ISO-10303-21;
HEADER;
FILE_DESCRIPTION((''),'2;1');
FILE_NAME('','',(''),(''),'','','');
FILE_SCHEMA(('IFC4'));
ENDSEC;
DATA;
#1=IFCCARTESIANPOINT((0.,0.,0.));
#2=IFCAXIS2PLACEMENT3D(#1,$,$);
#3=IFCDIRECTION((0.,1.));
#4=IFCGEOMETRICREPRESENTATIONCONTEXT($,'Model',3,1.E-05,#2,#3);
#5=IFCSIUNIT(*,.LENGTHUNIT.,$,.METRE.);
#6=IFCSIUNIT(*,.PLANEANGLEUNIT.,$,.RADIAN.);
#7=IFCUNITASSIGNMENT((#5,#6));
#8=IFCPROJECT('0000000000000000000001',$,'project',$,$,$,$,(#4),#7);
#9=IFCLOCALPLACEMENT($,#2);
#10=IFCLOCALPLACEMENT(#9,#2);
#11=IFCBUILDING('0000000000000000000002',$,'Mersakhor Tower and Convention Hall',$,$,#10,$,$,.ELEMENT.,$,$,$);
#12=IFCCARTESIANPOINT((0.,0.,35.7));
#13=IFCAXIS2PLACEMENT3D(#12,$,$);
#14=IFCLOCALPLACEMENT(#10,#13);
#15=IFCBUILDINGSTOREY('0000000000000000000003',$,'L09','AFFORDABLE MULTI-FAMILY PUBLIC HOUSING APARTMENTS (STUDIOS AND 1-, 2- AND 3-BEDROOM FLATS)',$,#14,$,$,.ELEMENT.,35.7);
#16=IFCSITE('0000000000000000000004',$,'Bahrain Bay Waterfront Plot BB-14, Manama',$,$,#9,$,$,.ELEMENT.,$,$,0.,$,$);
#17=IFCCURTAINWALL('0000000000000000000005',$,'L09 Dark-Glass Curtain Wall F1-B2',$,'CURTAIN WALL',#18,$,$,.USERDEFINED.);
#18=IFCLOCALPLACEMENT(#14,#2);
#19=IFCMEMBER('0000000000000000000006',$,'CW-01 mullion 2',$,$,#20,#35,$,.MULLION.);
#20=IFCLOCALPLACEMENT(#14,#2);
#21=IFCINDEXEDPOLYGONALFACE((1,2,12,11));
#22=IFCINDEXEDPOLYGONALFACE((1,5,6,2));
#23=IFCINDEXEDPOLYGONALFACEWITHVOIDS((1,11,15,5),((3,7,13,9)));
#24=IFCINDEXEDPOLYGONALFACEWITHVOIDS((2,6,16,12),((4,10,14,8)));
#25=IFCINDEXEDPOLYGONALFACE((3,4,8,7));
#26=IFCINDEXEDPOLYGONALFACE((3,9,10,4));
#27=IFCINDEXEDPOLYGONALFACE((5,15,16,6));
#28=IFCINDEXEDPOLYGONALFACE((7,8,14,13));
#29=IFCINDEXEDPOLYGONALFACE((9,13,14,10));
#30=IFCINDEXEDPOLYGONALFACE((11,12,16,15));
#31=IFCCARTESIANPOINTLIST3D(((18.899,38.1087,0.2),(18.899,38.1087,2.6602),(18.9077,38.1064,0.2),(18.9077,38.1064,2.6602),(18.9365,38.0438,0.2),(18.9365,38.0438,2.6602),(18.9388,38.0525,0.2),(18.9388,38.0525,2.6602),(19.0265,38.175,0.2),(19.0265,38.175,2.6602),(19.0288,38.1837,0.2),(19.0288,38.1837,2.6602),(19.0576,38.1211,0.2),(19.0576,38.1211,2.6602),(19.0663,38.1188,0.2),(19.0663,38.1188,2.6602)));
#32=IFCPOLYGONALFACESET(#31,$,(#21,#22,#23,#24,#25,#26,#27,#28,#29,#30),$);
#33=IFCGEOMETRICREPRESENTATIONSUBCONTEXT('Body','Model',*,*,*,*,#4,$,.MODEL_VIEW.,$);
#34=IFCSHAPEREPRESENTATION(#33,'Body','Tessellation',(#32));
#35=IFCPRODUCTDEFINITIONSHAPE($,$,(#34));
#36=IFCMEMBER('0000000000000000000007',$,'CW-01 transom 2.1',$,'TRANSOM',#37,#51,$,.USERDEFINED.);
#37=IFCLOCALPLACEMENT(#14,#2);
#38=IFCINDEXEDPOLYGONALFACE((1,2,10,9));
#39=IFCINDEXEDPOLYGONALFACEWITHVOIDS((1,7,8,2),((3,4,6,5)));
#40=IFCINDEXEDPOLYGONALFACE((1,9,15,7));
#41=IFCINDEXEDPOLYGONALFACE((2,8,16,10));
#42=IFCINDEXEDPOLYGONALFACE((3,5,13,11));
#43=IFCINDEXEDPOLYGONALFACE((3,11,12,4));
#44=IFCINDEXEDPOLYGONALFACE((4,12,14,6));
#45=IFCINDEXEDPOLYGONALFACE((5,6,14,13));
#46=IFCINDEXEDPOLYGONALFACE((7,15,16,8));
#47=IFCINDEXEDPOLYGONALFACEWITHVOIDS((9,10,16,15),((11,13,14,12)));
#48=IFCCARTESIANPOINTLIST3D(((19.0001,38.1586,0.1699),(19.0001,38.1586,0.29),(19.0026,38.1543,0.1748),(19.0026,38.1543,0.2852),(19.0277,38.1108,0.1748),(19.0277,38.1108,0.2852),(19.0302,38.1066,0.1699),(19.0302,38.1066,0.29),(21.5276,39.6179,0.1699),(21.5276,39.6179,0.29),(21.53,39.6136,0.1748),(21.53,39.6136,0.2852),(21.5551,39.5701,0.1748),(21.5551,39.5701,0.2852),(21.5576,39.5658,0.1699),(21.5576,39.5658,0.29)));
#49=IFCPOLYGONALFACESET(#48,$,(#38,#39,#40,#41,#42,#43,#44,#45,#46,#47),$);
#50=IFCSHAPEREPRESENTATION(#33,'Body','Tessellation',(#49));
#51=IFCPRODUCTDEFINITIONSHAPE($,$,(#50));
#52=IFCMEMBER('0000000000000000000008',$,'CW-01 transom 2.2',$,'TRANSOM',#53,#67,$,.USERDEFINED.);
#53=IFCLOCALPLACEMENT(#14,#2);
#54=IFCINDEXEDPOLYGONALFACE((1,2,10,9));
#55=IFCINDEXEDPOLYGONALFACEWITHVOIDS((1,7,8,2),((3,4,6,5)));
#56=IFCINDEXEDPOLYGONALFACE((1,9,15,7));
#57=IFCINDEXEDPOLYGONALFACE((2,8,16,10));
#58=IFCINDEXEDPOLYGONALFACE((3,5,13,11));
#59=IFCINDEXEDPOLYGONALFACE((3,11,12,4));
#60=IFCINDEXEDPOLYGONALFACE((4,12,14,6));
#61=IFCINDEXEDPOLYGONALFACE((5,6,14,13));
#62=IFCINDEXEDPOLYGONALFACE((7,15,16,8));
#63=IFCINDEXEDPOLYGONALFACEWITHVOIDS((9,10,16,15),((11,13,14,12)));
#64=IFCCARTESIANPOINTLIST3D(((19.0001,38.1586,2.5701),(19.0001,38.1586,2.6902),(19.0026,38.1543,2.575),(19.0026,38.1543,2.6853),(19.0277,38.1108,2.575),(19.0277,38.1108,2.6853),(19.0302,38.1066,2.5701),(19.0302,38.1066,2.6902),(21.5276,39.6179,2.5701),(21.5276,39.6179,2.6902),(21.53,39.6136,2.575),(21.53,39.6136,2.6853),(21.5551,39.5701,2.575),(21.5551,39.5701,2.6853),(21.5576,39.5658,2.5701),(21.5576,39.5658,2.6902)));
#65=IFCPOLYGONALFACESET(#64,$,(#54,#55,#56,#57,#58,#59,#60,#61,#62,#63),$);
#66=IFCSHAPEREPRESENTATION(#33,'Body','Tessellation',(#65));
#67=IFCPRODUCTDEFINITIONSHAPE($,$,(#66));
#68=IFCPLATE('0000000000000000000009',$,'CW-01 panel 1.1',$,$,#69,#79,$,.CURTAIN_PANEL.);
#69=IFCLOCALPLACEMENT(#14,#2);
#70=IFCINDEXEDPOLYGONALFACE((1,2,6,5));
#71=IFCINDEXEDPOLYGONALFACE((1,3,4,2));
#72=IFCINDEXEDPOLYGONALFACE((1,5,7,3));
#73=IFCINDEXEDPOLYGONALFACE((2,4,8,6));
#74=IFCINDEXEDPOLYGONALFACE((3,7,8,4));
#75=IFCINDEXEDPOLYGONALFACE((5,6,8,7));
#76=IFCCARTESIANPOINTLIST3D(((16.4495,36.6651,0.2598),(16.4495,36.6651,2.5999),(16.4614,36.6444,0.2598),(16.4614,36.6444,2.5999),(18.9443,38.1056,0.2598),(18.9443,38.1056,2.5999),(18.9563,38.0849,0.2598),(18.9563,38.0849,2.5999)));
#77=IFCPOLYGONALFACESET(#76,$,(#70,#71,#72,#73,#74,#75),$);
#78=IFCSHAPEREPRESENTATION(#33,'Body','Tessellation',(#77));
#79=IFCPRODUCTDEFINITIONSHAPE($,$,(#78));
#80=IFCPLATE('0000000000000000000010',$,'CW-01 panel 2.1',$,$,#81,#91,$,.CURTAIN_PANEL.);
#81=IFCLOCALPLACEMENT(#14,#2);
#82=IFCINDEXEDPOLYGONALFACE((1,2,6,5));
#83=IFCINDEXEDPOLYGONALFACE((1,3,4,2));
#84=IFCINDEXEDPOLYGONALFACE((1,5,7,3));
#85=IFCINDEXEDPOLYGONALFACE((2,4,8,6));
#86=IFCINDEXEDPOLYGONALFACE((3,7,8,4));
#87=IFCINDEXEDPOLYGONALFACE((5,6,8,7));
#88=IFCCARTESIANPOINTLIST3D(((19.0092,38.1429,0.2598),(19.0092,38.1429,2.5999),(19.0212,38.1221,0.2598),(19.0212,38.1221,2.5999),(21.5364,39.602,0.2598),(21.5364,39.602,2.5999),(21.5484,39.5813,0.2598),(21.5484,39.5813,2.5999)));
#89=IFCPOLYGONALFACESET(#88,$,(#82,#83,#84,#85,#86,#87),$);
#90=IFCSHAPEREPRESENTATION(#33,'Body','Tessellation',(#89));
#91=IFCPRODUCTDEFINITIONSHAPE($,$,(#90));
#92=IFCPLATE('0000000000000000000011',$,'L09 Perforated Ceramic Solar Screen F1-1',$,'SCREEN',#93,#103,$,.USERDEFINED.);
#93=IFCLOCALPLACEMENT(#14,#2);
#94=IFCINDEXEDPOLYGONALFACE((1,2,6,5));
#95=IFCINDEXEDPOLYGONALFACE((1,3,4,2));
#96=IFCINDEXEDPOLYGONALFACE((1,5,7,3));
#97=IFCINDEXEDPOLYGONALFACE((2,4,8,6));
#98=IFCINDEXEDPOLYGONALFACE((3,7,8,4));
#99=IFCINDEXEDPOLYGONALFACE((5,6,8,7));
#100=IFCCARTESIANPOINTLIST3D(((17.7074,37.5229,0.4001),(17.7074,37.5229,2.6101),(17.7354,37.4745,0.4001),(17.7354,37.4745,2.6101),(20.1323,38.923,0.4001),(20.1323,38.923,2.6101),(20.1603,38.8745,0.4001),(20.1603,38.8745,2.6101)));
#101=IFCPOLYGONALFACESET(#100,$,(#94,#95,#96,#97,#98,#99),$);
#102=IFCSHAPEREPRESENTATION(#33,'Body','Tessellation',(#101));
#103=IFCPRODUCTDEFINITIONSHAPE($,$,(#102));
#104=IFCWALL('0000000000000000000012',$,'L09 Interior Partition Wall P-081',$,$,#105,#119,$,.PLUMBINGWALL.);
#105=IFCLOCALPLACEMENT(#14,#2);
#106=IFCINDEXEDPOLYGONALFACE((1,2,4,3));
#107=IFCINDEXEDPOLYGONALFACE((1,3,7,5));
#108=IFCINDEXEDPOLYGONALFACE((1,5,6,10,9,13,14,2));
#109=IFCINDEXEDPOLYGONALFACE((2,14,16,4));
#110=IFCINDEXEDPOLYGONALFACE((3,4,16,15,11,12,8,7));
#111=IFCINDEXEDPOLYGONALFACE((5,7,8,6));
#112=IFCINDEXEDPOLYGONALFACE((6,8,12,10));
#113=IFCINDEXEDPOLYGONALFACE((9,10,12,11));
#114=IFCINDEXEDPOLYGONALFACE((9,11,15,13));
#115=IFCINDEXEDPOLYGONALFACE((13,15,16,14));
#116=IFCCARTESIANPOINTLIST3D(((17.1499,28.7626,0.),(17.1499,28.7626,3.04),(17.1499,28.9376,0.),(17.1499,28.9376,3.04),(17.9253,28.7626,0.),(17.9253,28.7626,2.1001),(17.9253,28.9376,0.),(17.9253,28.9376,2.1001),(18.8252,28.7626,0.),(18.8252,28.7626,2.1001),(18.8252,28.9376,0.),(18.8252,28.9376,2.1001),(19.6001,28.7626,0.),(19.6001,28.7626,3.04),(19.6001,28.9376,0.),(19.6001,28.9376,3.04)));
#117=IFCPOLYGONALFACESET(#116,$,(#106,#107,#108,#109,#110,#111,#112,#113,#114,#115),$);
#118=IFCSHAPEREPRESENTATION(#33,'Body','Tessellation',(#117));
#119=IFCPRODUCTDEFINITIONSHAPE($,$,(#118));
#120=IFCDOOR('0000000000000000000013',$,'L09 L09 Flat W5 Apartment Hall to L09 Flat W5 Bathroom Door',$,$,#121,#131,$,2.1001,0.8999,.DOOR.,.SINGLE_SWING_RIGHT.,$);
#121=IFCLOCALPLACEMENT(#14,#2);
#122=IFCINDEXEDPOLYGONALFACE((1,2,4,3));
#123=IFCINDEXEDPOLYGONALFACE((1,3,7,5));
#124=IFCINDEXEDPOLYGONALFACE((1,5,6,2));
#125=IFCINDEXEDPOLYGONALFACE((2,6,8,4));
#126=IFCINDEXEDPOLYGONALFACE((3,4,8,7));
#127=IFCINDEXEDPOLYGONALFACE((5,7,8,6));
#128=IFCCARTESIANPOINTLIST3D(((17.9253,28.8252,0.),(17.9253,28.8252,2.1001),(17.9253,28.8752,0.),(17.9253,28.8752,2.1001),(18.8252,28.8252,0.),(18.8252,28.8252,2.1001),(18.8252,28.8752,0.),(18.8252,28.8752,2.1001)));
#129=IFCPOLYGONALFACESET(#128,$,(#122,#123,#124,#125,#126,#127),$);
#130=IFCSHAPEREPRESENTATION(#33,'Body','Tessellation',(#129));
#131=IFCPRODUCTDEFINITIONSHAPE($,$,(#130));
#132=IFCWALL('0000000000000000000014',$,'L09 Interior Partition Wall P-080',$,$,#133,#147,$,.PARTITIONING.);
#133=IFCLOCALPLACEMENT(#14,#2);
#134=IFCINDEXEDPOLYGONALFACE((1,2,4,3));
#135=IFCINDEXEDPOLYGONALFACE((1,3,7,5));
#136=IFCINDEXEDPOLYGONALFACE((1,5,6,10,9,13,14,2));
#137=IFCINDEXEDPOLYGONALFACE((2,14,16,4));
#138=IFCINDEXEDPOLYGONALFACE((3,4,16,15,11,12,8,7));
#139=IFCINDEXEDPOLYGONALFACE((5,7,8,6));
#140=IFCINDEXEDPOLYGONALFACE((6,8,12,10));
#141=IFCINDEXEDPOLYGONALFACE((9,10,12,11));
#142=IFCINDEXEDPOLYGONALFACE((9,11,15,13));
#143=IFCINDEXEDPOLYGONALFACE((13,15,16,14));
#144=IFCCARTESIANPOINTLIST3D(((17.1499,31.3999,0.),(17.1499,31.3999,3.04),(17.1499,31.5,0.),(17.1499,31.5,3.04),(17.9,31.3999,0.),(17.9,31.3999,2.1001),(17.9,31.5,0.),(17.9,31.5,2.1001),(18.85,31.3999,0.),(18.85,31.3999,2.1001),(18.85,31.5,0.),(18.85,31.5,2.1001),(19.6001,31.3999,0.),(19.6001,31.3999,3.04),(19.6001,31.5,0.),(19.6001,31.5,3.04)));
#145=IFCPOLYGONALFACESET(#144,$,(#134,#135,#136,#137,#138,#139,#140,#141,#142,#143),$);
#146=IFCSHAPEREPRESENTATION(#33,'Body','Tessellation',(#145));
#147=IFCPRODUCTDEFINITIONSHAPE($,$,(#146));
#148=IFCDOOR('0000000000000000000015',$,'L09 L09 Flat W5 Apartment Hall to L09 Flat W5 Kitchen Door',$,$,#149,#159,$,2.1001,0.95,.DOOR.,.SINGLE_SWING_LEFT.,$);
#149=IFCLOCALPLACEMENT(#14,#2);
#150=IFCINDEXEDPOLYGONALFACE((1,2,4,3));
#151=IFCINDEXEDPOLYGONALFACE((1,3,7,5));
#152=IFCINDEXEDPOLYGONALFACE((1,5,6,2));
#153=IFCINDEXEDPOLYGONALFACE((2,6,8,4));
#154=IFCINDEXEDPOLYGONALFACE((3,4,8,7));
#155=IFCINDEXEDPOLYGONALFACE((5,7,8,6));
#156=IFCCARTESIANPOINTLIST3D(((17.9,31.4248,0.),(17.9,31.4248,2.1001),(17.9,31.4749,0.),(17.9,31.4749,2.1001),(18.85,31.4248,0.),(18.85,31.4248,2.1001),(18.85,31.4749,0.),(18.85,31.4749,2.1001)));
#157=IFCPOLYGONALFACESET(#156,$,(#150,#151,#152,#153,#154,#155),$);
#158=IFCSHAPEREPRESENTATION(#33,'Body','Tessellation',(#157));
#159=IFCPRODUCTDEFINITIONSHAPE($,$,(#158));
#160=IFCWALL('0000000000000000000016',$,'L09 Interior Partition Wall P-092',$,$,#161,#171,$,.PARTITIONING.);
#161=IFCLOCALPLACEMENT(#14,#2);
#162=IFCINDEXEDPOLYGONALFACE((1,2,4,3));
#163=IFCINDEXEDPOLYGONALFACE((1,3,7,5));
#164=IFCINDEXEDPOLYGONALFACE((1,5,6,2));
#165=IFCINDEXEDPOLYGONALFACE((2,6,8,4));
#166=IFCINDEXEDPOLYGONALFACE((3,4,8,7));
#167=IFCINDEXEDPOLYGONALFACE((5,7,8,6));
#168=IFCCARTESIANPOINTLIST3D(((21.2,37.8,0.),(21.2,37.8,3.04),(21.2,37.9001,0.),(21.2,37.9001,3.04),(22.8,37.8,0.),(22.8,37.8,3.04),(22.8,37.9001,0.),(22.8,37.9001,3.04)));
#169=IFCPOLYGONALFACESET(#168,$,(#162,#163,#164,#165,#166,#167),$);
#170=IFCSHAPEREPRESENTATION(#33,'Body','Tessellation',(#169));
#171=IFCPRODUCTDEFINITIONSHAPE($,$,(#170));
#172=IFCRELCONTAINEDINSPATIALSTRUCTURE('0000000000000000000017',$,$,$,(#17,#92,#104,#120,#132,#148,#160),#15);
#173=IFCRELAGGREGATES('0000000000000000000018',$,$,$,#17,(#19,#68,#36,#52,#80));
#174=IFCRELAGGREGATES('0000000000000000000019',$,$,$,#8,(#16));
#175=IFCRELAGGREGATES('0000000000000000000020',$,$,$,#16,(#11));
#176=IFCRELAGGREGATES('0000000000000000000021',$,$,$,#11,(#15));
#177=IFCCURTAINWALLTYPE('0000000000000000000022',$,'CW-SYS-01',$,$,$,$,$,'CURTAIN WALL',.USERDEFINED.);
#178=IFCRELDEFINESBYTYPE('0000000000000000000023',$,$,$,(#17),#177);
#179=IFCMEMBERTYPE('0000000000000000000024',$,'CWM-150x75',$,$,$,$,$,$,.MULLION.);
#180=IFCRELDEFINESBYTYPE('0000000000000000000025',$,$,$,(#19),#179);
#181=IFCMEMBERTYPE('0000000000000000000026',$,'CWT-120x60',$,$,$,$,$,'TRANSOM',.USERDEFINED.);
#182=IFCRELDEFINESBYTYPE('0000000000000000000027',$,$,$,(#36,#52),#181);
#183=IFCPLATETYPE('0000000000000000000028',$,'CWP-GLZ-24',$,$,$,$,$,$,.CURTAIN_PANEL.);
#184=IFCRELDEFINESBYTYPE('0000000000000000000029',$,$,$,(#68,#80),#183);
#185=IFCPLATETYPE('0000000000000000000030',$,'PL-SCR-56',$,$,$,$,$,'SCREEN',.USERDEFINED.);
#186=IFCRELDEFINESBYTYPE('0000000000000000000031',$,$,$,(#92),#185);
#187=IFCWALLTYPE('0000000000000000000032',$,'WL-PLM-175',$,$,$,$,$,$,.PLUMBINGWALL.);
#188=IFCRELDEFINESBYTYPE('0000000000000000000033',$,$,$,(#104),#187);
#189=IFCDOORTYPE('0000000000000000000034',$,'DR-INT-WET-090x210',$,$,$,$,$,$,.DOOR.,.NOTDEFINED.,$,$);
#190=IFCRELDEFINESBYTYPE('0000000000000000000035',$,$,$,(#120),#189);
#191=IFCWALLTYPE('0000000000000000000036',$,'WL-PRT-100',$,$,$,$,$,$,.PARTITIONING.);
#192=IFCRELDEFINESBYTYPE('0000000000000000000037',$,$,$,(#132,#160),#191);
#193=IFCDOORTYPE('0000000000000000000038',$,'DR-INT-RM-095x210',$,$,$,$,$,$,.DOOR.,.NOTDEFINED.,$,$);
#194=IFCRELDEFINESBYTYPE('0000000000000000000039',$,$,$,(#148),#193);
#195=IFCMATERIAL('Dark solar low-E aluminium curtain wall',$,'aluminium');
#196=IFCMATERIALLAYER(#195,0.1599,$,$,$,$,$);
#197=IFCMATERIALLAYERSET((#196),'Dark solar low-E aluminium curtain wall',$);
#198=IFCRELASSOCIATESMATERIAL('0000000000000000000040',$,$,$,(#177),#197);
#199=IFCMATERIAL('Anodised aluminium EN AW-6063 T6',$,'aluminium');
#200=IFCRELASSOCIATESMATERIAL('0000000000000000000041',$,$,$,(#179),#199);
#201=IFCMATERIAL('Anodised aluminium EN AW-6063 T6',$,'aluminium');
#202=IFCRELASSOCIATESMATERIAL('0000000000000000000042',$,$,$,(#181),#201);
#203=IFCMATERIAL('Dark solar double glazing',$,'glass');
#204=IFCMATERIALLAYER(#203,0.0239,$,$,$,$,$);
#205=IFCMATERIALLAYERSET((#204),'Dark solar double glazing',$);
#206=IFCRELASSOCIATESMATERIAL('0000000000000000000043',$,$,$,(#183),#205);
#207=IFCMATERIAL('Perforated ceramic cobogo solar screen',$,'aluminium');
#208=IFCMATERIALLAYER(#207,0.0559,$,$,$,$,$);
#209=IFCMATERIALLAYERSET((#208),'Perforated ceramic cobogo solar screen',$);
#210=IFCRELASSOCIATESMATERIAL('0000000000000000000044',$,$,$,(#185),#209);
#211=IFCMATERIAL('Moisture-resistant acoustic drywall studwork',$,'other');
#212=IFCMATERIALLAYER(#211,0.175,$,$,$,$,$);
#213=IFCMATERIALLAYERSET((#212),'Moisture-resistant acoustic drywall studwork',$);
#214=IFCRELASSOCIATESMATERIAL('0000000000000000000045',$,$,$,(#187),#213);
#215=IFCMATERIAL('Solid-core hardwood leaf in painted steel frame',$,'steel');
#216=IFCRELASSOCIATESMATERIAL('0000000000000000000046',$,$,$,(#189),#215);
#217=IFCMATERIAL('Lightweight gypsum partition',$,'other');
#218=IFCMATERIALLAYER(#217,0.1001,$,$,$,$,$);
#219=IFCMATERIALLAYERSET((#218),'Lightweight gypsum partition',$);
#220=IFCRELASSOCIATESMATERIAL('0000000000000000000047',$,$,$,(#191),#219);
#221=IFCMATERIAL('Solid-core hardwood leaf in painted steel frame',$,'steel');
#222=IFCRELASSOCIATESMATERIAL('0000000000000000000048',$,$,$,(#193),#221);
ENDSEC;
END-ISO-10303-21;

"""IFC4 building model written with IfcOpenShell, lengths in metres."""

from ifc_helpers import new_model, si_unit, direction, frame, frame_2d, origin, origin_2d, place, context, subcontext, project, spatial, rectangle, hollow_rectangle, extrude, material, layer, layer_set, material_profile, profile_set, type_object, element, fill, aggregate, save


model = new_model("IFC4")

# Units and contexts
model_context = context("Model", 3, precision=1e-05, world=origin(), true_north=direction((0.0, 1.0)))
body_context = subcontext(model_context, "Body", "Model", "MODEL_VIEW")
ifc_project = project(units=[si_unit("LENGTHUNIT", "METRE"), si_unit("PLANEANGLEUNIT", "RADIAN")], contexts=[model_context])

# Site, building, storey
site_placement = place(None, origin())
site = spatial("IfcSite", under=ifc_project, at=site_placement, Name="Bahrain Bay Waterfront Plot BB-14, Manama", CompositionType="ELEMENT", RefElevation=0.0)
building_placement = place(site_placement, origin())
building = spatial("IfcBuilding", under=site, at=building_placement, Name="Mersakhor Tower and Convention Hall", CompositionType="ELEMENT")
storey_placement = place(building_placement, frame((0.0, 0.0, 35.7)))
storey = spatial("IfcBuildingStorey", under=building, at=storey_placement, Name="L09", Description="AFFORDABLE MULTI-FAMILY PUBLIC HOUSING APARTMENTS (STUDIOS AND 1-, 2- AND 3-BEDROOM FLATS)", CompositionType="ELEMENT", Elevation=35.7)

# Curtain wall, members, plates
ifc_material_1 = material(Name="Dark solar low-E aluminium curtain wall", Category="aluminium")
ifc_layer_1 = layer(ifc_material_1, 0.1599)
ifc_layer_set_1 = layer_set([ifc_layer_1], Name="Dark solar low-E aluminium curtain wall")
curtain_wall_type = type_object("IfcCurtainWallType", Name="CW-SYS-01", ElementType="CURTAIN WALL", PredefinedType="USERDEFINED", material=ifc_layer_set_1)
curtain_wall_placement = place(storey_placement, origin())
curtain_wall = element("IfcCurtainWall", 1, at=curtain_wall_placement, inside=storey, type_object=curtain_wall_type, Name="L09 Dark-Glass Curtain Wall F1-B2", ObjectType="CURTAIN WALL", PredefinedType="USERDEFINED")
ifc_material_2 = material(Name="Anodised aluminium EN AW-6063 T6", Category="aluminium")
ifc_material_profile_1 = material_profile(ifc_material_2, hollow_rectangle(XDim=0.075, YDim=0.1499, WallThickness=0.0063, at=origin_2d()), Name="RHS 150x75x6.3")
ifc_profile_set_1 = profile_set([ifc_material_profile_1], Name="Anodised aluminium EN AW-6063 T6")
member_type_1 = type_object("IfcMemberType", Name="CWM-150x75", PredefinedType="MULLION", material=ifc_profile_set_1)
member_1_placement = place(storey_placement, frame((18.9827, 38.1138, 0.2), z_axis=(0.0, 0.0, 1.0), x_axis=(-0.500003, 0.866023, 0.0)))
member_1 = element("IfcMember", 2, at=member_1_placement, type_object=member_type_1, Name="CW-01 mullion 2", PredefinedType="MULLION", context=body_context, shape_type="SweptSolid", body=[
    extrude(hollow_rectangle(XDim=0.075, YDim=0.1499, WallThickness=0.0063, at=origin_2d()), origin(), (0.0, 0.0, 1.0), 2.4602),
])
ifc_material_3 = material(Name="Anodised aluminium EN AW-6063 T6", Category="aluminium")
ifc_material_profile_2 = material_profile(ifc_material_3, hollow_rectangle(XDim=0.0601, YDim=0.1201, WallThickness=0.0049, at=origin_2d()), Name="RHS 120x60x5")
ifc_profile_set_2 = profile_set([ifc_material_profile_2], Name="Anodised aluminium EN AW-6063 T6")
member_type_2 = type_object("IfcMemberType", Name="CWT-120x60", ElementType="TRANSOM", PredefinedType="USERDEFINED", material=ifc_profile_set_2)
member_2_placement = place(storey_placement, frame((19.0151, 38.1326, 0.23), z_axis=(0.866016, 0.500017, 0.0), x_axis=(-0.500017, 0.866016, 0.0)))
member_2 = element("IfcMember", 3, at=member_2_placement, type_object=member_type_2, Name="CW-01 transom 2.1", ObjectType="TRANSOM", PredefinedType="USERDEFINED", context=body_context, shape_type="SweptSolid", body=[
    extrude(hollow_rectangle(XDim=0.0601, YDim=0.1201, WallThickness=0.0049, at=origin_2d()), origin(), (0.0, 0.0, 1.0), 2.9185),
])
member_3_placement = place(storey_placement, frame((19.0151, 38.1326, 2.6301), z_axis=(0.866016, 0.500017, 0.0), x_axis=(-0.500017, 0.866016, 0.0)))
member_3 = element("IfcMember", 4, at=member_3_placement, type_object=member_type_2, Name="CW-01 transom 2.2", ObjectType="TRANSOM", PredefinedType="USERDEFINED", context=body_context, shape_type="SweptSolid", body=[
    extrude(hollow_rectangle(XDim=0.0601, YDim=0.1201, WallThickness=0.0049, at=origin_2d()), origin(), (0.0, 0.0, 1.0), 2.9185),
])
ifc_material_4 = material(Name="Dark solar double glazing", Category="glass")
ifc_layer_2 = layer(ifc_material_4, 0.0239)
ifc_layer_set_2 = layer_set([ifc_layer_2], Name="Dark solar double glazing")
plate_type_1 = type_object("IfcPlateType", Name="CWP-GLZ-24", PredefinedType="CURTAIN_PANEL", material=ifc_layer_set_2)
plate_1_placement = place(storey_placement, frame((17.7029, 37.375, 0.2598), z_axis=(0.0, 0.0, 1.0), x_axis=(0.866023, 0.500003, 0.0)))
plate_1 = element("IfcPlate", 5, at=plate_1_placement, type_object=plate_type_1, Name="CW-01 panel 1.1", PredefinedType="CURTAIN_PANEL", context=body_context, shape_type="SweptSolid", body=[
    extrude(rectangle(XDim=2.8809, YDim=0.0239, at=origin_2d()), origin(), (0.0, 0.0, 1.0), 2.3401),
])
plate_2_placement = place(storey_placement, frame((20.2788, 38.8621, 0.2598), z_axis=(0.0, 0.0, 1.0), x_axis=(0.866023, 0.500003, 0.0)))
plate_2 = element("IfcPlate", 6, at=plate_2_placement, type_object=plate_type_1, Name="CW-01 panel 2.1", PredefinedType="CURTAIN_PANEL", context=body_context, shape_type="SweptSolid", body=[
    extrude(rectangle(XDim=2.9182, YDim=0.0239, at=origin_2d()), origin(), (0.0, 0.0, 1.0), 2.3401),
])
aggregate(curtain_wall, [member_1, plate_1, member_2, member_3, plate_2])

# Plate
ifc_material_5 = material(Name="Perforated ceramic cobogo solar screen", Category="aluminium")
ifc_layer_3 = layer(ifc_material_5, 0.0559)
ifc_layer_set_3 = layer_set([ifc_layer_3], Name="Perforated ceramic cobogo solar screen")
plate_type_2 = type_object("IfcPlateType", Name="PL-SCR-56", ElementType="SCREEN", PredefinedType="USERDEFINED", material=ifc_layer_set_3)
plate_3_placement = place(storey_placement, frame((18.9338, 38.1987, 0.4001), z_axis=(0.0, 0.0, 1.0), x_axis=(0.866025, 0.5, 0.0)))
element("IfcPlate", 7, at=plate_3_placement, inside=storey, type_object=plate_type_2, Name="L09 Perforated Ceramic Solar Screen F1-1", ObjectType="SCREEN", PredefinedType="USERDEFINED", context=body_context, shape_type="SweptSolid", body=[
    extrude(rectangle(XDim=2.8, YDim=0.0559, at=origin_2d()), origin(), (0.0, 0.0, 1.0), 2.21),
])

# Walls, openings, doors
ifc_material_6 = material(Name="Moisture-resistant acoustic drywall studwork", Category="other")
ifc_layer_4 = layer(ifc_material_6, 0.175)
ifc_layer_set_4 = layer_set([ifc_layer_4], Name="Moisture-resistant acoustic drywall studwork")
wall_type_1 = type_object("IfcWallType", Name="WL-PLM-175", PredefinedType="PLUMBINGWALL", material=ifc_layer_set_4)
wall_1_placement = place(storey_placement, frame((19.6001, 28.8501, 0.0), z_axis=(0.0, 0.0, 1.0), x_axis=(-1.0, 0.0, 0.0)))
wall_1 = element("IfcWall", 8, at=wall_1_placement, inside=storey, type_object=wall_type_1, Name="L09 Interior Partition Wall P-081", PredefinedType="PLUMBINGWALL", context=body_context, shape_type="SweptSolid", body=[
    extrude(rectangle(XDim=2.4502, YDim=0.175, at=frame_2d((1.2251, 0.0))), origin(), (0.0, 0.0, 1.0), 3.04),
])
opening_1_placement = place(wall_1_placement, frame((0.7749, 0.0, 0.0)))
opening_1 = element("IfcOpeningElement", 9, at=opening_1_placement, cuts=wall_1, PredefinedType="OPENING", context=body_context, shape_type="SweptSolid", body=[
    extrude(rectangle(XDim=0.8999, YDim=2.1001, at=frame_2d((0.45, 1.05))), frame((0.0, 0.0974, 0.0), z_axis=(0.0, -1.0, 0.0), x_axis=(1.0, 0.0, 0.0)), (0.0, 0.0, 1.0), 0.1951),
])
ifc_material_7 = material(Name="Solid-core hardwood leaf in painted steel frame", Category="steel")
door_type_1 = type_object("IfcDoorType", Name="DR-INT-WET-090x210", OperationType="NOTDEFINED", PredefinedType="DOOR", material=ifc_material_7)
door_1_placement = place(opening_1_placement, origin())
door_1 = element("IfcDoor", 10, at=door_1_placement, inside=storey, type_object=door_type_1, Name="L09 L09 Flat W5 Apartment Hall to L09 Flat W5 Bathroom Door", OperationType="SINGLE_SWING_RIGHT", OverallHeight=2.1001, OverallWidth=0.8999, PredefinedType="DOOR", context=body_context, shape_type="SweptSolid", body=[
    extrude(rectangle(XDim=0.8999, YDim=2.1001, at=frame_2d((0.45, 1.05))), frame((0.0, 0.0249, 0.0), z_axis=(0.0, -1.0, 0.0), x_axis=(1.0, 0.0, 0.0)), (0.0, 0.0, 1.0), 0.05),
])
fill(opening_1, door_1)
ifc_material_8 = material(Name="Lightweight gypsum partition", Category="other")
ifc_layer_5 = layer(ifc_material_8, 0.1001)
ifc_layer_set_5 = layer_set([ifc_layer_5], Name="Lightweight gypsum partition")
wall_type_2 = type_object("IfcWallType", Name="WL-PRT-100", PredefinedType="PARTITIONING", material=ifc_layer_set_5)
wall_2_placement = place(storey_placement, frame((17.1499, 31.45, 0.0), z_axis=(0.0, 0.0, 1.0), x_axis=(1.0, 0.0, 0.0)))
wall_2 = element("IfcWall", 11, at=wall_2_placement, inside=storey, type_object=wall_type_2, Name="L09 Interior Partition Wall P-080", PredefinedType="PARTITIONING", context=body_context, shape_type="SweptSolid", body=[
    extrude(rectangle(XDim=2.4502, YDim=0.1001, at=frame_2d((1.2251, 0.0))), origin(), (0.0, 0.0, 1.0), 3.04),
])
opening_2_placement = place(wall_2_placement, frame((0.75, 0.0, 0.0)))
opening_2 = element("IfcOpeningElement", 12, at=opening_2_placement, cuts=wall_2, PredefinedType="OPENING", context=body_context, shape_type="SweptSolid", body=[
    extrude(rectangle(XDim=0.95, YDim=2.1001, at=frame_2d((0.4751, 1.05))), frame((0.0, 0.0601, 0.0), z_axis=(0.0, -1.0, 0.0), x_axis=(1.0, 0.0, 0.0)), (0.0, 0.0, 1.0), 0.1201),
])
ifc_material_9 = material(Name="Solid-core hardwood leaf in painted steel frame", Category="steel")
door_type_2 = type_object("IfcDoorType", Name="DR-INT-RM-095x210", OperationType="NOTDEFINED", PredefinedType="DOOR", material=ifc_material_9)
door_2_placement = place(opening_2_placement, origin())
door_2 = element("IfcDoor", 13, at=door_2_placement, inside=storey, type_object=door_type_2, Name="L09 L09 Flat W5 Apartment Hall to L09 Flat W5 Kitchen Door", OperationType="SINGLE_SWING_LEFT", OverallHeight=2.1001, OverallWidth=0.95, PredefinedType="DOOR", context=body_context, shape_type="SweptSolid", body=[
    extrude(rectangle(XDim=0.95, YDim=2.1001, at=frame_2d((0.4751, 1.05))), frame((0.0, 0.0249, 0.0), z_axis=(0.0, -1.0, 0.0), x_axis=(1.0, 0.0, 0.0)), (0.0, 0.0, 1.0), 0.05),
])
fill(opening_2, door_2)

# Wall
wall_3_placement = place(storey_placement, frame((21.2, 37.8501, 0.0), z_axis=(0.0, 0.0, 1.0), x_axis=(1.0, 0.0, 0.0)))
element("IfcWall", 14, at=wall_3_placement, inside=storey, type_object=wall_type_2, Name="L09 Interior Partition Wall P-092", PredefinedType="PARTITIONING", context=body_context, shape_type="SweptSolid", body=[
    extrude(rectangle(XDim=1.6001, YDim=0.1001, at=frame_2d((0.8, 0.0))), origin(), (0.0, 0.0, 1.0), 3.04),
])

save(model, "model.ifc")
